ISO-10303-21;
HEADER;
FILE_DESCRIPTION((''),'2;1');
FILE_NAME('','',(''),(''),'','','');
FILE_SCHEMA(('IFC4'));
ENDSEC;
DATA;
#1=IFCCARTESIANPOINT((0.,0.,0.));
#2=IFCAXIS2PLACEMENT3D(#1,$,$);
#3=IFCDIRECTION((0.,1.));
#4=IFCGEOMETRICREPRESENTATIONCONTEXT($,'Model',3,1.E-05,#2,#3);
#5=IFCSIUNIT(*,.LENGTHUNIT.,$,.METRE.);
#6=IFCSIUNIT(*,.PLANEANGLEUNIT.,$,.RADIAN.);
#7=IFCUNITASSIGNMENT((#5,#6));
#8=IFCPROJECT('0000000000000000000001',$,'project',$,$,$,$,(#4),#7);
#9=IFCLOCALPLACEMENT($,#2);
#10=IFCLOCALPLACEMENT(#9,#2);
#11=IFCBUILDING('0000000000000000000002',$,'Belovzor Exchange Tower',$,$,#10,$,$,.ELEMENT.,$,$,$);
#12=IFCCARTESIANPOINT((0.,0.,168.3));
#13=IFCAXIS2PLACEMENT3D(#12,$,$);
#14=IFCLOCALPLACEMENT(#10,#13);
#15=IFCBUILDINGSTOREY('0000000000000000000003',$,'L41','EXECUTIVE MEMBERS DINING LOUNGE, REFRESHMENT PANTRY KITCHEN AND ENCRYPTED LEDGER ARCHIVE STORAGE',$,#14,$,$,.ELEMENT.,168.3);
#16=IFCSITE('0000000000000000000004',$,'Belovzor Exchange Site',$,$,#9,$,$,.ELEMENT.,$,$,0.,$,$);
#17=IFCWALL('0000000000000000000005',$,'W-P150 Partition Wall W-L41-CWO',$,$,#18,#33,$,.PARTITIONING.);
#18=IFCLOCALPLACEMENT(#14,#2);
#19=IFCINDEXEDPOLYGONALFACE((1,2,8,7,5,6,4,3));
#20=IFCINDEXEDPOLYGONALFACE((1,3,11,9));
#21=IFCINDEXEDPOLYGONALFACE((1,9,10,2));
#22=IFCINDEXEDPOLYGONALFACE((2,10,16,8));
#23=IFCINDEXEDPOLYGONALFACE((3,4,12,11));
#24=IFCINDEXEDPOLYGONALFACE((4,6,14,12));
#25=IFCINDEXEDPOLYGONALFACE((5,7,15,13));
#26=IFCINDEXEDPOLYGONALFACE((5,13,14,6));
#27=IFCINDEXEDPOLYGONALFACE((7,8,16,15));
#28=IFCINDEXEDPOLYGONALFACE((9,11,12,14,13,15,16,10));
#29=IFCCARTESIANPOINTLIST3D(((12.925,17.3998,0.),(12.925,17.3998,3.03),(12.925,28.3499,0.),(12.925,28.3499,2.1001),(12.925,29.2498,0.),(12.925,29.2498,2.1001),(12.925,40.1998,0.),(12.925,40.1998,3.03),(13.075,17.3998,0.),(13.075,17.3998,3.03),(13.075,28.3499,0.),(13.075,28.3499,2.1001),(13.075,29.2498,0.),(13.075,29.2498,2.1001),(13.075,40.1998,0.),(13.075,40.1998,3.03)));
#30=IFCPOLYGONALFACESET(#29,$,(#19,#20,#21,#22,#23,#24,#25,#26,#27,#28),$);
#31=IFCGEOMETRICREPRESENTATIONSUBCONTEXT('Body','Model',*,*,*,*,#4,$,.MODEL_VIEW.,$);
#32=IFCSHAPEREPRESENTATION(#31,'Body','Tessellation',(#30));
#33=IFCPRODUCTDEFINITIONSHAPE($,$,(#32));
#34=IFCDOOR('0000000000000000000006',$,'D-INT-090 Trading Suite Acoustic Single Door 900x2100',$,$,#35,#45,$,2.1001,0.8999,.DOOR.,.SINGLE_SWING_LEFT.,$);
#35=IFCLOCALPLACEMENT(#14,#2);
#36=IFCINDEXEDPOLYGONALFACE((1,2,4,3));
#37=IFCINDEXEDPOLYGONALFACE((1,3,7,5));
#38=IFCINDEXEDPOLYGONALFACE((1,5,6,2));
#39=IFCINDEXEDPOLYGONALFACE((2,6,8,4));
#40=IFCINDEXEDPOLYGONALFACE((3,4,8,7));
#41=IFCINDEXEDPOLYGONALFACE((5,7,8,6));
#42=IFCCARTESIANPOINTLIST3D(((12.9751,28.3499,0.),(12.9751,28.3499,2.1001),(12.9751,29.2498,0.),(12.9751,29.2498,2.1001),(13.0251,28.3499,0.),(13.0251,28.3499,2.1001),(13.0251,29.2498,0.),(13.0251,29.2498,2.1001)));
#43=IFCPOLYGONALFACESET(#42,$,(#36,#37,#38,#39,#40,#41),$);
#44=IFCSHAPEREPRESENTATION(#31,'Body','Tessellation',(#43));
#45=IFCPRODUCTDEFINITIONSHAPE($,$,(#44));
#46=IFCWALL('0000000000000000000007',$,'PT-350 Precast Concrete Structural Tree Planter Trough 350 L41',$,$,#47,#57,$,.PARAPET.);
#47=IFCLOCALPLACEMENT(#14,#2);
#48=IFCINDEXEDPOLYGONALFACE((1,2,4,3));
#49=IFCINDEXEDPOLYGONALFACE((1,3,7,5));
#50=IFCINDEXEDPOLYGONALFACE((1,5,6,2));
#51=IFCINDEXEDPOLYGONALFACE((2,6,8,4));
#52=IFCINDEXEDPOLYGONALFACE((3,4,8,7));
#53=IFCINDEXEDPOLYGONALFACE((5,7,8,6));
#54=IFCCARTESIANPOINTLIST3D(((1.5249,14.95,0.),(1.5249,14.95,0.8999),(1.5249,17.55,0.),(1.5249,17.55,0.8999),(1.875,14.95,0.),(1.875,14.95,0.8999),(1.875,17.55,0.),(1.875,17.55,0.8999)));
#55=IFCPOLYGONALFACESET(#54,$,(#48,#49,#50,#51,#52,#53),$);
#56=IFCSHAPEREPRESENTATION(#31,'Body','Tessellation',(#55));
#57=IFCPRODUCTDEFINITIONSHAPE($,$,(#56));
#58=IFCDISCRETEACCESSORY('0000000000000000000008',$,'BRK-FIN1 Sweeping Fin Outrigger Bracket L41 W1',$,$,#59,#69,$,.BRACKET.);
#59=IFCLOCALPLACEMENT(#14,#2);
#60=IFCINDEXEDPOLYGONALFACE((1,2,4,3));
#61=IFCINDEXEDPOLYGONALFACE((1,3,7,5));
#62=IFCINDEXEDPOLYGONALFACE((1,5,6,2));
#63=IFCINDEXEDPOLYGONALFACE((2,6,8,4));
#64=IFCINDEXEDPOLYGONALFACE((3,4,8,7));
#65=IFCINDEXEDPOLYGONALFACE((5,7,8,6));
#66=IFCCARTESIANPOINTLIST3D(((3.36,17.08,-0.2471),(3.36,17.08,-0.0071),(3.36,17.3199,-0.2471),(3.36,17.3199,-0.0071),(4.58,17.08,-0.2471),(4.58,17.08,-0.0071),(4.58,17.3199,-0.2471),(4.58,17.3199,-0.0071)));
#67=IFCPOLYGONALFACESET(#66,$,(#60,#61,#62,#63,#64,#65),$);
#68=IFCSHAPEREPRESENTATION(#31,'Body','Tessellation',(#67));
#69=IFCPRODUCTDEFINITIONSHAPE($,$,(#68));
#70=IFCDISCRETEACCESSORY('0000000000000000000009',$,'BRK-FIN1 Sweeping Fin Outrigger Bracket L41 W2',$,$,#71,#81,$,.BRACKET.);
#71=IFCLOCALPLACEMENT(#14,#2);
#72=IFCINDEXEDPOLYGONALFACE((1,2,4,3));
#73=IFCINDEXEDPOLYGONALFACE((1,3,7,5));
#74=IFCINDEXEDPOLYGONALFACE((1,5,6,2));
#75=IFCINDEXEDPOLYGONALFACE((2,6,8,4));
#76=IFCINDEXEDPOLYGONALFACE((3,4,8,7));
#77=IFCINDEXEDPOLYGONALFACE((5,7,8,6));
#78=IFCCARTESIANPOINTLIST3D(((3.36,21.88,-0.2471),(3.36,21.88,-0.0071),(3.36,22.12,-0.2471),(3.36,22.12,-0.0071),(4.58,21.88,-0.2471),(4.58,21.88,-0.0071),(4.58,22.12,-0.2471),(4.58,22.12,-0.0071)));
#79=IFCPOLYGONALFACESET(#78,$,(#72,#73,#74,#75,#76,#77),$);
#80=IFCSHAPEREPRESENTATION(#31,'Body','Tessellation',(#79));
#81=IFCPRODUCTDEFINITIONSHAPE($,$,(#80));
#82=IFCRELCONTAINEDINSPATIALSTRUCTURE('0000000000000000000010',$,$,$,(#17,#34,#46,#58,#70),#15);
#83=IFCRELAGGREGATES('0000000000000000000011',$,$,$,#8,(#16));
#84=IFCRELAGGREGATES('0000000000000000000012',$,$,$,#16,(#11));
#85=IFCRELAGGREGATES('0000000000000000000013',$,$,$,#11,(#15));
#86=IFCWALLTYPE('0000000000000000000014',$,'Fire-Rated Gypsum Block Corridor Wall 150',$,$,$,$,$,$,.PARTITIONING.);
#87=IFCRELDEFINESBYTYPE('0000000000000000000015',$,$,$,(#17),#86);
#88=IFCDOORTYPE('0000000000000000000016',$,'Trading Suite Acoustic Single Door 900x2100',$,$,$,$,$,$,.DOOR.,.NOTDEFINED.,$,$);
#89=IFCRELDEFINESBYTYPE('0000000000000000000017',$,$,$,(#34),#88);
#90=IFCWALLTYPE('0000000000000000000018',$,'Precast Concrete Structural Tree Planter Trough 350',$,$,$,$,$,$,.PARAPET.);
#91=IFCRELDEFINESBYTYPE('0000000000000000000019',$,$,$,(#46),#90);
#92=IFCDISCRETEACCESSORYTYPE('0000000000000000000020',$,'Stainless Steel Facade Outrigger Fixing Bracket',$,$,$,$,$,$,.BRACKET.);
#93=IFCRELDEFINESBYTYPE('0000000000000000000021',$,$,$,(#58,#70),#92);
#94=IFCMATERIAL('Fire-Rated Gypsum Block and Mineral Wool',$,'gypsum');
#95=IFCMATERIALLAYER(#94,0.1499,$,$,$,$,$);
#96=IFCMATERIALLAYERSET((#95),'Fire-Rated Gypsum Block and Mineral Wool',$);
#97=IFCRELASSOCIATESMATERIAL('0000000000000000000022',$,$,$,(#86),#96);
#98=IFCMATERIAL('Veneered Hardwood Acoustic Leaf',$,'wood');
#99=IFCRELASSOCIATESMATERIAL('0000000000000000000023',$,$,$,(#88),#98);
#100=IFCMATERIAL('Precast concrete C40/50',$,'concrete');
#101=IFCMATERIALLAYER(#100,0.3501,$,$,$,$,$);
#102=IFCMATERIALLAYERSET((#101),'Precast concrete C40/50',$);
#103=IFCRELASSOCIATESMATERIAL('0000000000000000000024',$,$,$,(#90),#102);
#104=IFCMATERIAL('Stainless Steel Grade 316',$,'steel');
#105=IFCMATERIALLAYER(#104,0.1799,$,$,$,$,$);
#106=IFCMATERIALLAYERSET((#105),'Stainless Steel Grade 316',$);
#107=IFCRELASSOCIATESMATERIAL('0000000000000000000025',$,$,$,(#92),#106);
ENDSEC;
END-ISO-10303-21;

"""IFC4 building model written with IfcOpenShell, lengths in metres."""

from ifc_helpers import new_model, si_unit, direction, frame, frame_2d, origin, origin_2d, place, context, subcontext, project, spatial, rectangle, extrude, material, layer, layer_set, type_object, element, fill, save


model = new_model("IFC4")

# Units and contexts
model_context = context("Model", 3, precision=1e-05, world=origin(), true_north=direction((0.0, 1.0)))
body_context = subcontext(model_context, "Body", "Model", "MODEL_VIEW")
ifc_project = project(units=[si_unit("LENGTHUNIT", "METRE"), si_unit("PLANEANGLEUNIT", "RADIAN")], contexts=[model_context])

# Site, building, storey
site_placement = place(None, origin())
site = spatial("IfcSite", under=ifc_project, at=site_placement, Name="Belovzor Exchange Site", CompositionType="ELEMENT", RefElevation=0.0)
building_placement = place(site_placement, origin())
building = spatial("IfcBuilding", under=site, at=building_placement, Name="Belovzor Exchange Tower", CompositionType="ELEMENT")
storey_placement = place(building_placement, frame((0.0, 0.0, 168.3)))
storey = spatial("IfcBuildingStorey", under=building, at=storey_placement, Name="L41", Description="EXECUTIVE MEMBERS DINING LOUNGE, REFRESHMENT PANTRY KITCHEN AND ENCRYPTED LEDGER ARCHIVE STORAGE", CompositionType="ELEMENT", Elevation=168.3)

# Shared definitions
ifc_material_1 = material(Name="Fire-Rated Gypsum Block and Mineral Wool", Category="gypsum")
ifc_layer_1 = layer(ifc_material_1, 0.1499)
ifc_layer_set_1 = layer_set([ifc_layer_1], Name="Fire-Rated Gypsum Block and Mineral Wool")
wall_type_1 = type_object("IfcWallType", Name="Fire-Rated Gypsum Block Corridor Wall 150", PredefinedType="PARTITIONING", material=ifc_layer_set_1)
ifc_material_2 = material(Name="Veneered Hardwood Acoustic Leaf", Category="wood")
door_type = type_object("IfcDoorType", Name="Trading Suite Acoustic Single Door 900x2100", OperationType="NOTDEFINED", PredefinedType="DOOR", material=ifc_material_2)

# Wall, opening, door
wall_1_placement = place(storey_placement, frame((13.0, 17.3999, 0.0), z_axis=(0.0, 0.0, 1.0), x_axis=(0.0, 1.0, 0.0)))
wall_1 = element("IfcWall", 1, at=wall_1_placement, inside=storey, type_object=wall_type_1, Name="W-P150 Partition Wall W-L41-CWO", PredefinedType="PARTITIONING", context=body_context, shape_type="SweptSolid", body=[
    extrude(rectangle(XDim=22.8, YDim=0.1499, at=frame_2d((11.3999, 0.0))), origin(), (0.0, 0.0, 1.0), 3.03),
])
opening_1_placement = place(wall_1_placement, frame((10.95, 0.0, 0.0)))
opening_1 = element("IfcOpeningElement", 2, at=opening_1_placement, cuts=wall_1, PredefinedType="OPENING", context=body_context, shape_type="SweptSolid", body=[
    extrude(rectangle(XDim=0.8999, YDim=2.1001, at=frame_2d((0.45, 1.05))), frame((0.0, 0.085, 0.0), z_axis=(0.0, -1.0, 0.0), x_axis=(1.0, 0.0, 0.0)), (0.0, 0.0, 1.0), 0.1699),
])
door_1_placement = place(opening_1_placement, origin())
door_1 = element("IfcDoor", 3, at=door_1_placement, inside=storey, type_object=door_type, Name="D-INT-090 Trading Suite Acoustic Single Door 900x2100", OperationType="SINGLE_SWING_LEFT", OverallHeight=2.1001, OverallWidth=0.8999, PredefinedType="DOOR", context=body_context, shape_type="SweptSolid", body=[
    extrude(rectangle(XDim=0.8999, YDim=2.1001, at=frame_2d((0.45, 1.05))), frame((0.0, 0.0249, 0.0), z_axis=(0.0, -1.0, 0.0), x_axis=(1.0, 0.0, 0.0)), (0.0, 0.0, 1.0), 0.05),
])
fill(opening_1, door_1)

# Wall
ifc_material_3 = material(Name="Precast concrete C40/50", Category="concrete")
ifc_layer_2 = layer(ifc_material_3, 0.3501)
ifc_layer_set_2 = layer_set([ifc_layer_2], Name="Precast concrete C40/50")
wall_type_2 = type_object("IfcWallType", Name="Precast Concrete Structural Tree Planter Trough 350", PredefinedType="PARAPET", material=ifc_layer_set_2)
wall_2_placement = place(storey_placement, frame((1.7, 14.95, 0.0), z_axis=(0.0, 0.0, 1.0), x_axis=(0.0, 1.0, 0.0)))
element("IfcWall", 4, at=wall_2_placement, inside=storey, type_object=wall_type_2, Name="PT-350 Precast Concrete Structural Tree Planter Trough 350 L41", PredefinedType="PARAPET", context=body_context, shape_type="SweptSolid", body=[
    extrude(rectangle(XDim=2.6001, YDim=0.3501, at=frame_2d((1.3, 0.0))), origin(), (0.0, 0.0, 1.0), 0.8999),
])

# Discrete accessories
ifc_material_4 = material(Name="Stainless Steel Grade 316", Category="steel")
ifc_layer_3 = layer(ifc_material_4, 0.1799)
ifc_layer_set_3 = layer_set([ifc_layer_3], Name="Stainless Steel Grade 316")
discrete_accessory_type = type_object("IfcDiscreteAccessoryType", Name="Stainless Steel Facade Outrigger Fixing Bracket", PredefinedType="BRACKET", material=ifc_layer_set_3)
for number, where, z_axis, x_axis, name in (
    (5, (3.97, 17.2, -0.2471), (0.0, 0.0, 1.0), (1.0, 0.0, 0.0), "BRK-FIN1 Sweeping Fin Outrigger Bracket L41 W1"),
    (6, (3.97, 22.0, -0.2471), (0.0, 0.0, 1.0), (1.0, 0.0, 0.0), "BRK-FIN1 Sweeping Fin Outrigger Bracket L41 W2"),
):
    element("IfcDiscreteAccessory", number, at=place(storey_placement, frame(where, z_axis=z_axis, x_axis=x_axis)), inside=storey, type_object=discrete_accessory_type, Name=name, PredefinedType="BRACKET", context=body_context, shape_type="SweptSolid", body=[
        extrude(rectangle(XDim=1.22, YDim=0.24, at=origin_2d()), origin(), (0.0, 0.0, 1.0), 0.24),
    ])

save(model, "model.ifc")
